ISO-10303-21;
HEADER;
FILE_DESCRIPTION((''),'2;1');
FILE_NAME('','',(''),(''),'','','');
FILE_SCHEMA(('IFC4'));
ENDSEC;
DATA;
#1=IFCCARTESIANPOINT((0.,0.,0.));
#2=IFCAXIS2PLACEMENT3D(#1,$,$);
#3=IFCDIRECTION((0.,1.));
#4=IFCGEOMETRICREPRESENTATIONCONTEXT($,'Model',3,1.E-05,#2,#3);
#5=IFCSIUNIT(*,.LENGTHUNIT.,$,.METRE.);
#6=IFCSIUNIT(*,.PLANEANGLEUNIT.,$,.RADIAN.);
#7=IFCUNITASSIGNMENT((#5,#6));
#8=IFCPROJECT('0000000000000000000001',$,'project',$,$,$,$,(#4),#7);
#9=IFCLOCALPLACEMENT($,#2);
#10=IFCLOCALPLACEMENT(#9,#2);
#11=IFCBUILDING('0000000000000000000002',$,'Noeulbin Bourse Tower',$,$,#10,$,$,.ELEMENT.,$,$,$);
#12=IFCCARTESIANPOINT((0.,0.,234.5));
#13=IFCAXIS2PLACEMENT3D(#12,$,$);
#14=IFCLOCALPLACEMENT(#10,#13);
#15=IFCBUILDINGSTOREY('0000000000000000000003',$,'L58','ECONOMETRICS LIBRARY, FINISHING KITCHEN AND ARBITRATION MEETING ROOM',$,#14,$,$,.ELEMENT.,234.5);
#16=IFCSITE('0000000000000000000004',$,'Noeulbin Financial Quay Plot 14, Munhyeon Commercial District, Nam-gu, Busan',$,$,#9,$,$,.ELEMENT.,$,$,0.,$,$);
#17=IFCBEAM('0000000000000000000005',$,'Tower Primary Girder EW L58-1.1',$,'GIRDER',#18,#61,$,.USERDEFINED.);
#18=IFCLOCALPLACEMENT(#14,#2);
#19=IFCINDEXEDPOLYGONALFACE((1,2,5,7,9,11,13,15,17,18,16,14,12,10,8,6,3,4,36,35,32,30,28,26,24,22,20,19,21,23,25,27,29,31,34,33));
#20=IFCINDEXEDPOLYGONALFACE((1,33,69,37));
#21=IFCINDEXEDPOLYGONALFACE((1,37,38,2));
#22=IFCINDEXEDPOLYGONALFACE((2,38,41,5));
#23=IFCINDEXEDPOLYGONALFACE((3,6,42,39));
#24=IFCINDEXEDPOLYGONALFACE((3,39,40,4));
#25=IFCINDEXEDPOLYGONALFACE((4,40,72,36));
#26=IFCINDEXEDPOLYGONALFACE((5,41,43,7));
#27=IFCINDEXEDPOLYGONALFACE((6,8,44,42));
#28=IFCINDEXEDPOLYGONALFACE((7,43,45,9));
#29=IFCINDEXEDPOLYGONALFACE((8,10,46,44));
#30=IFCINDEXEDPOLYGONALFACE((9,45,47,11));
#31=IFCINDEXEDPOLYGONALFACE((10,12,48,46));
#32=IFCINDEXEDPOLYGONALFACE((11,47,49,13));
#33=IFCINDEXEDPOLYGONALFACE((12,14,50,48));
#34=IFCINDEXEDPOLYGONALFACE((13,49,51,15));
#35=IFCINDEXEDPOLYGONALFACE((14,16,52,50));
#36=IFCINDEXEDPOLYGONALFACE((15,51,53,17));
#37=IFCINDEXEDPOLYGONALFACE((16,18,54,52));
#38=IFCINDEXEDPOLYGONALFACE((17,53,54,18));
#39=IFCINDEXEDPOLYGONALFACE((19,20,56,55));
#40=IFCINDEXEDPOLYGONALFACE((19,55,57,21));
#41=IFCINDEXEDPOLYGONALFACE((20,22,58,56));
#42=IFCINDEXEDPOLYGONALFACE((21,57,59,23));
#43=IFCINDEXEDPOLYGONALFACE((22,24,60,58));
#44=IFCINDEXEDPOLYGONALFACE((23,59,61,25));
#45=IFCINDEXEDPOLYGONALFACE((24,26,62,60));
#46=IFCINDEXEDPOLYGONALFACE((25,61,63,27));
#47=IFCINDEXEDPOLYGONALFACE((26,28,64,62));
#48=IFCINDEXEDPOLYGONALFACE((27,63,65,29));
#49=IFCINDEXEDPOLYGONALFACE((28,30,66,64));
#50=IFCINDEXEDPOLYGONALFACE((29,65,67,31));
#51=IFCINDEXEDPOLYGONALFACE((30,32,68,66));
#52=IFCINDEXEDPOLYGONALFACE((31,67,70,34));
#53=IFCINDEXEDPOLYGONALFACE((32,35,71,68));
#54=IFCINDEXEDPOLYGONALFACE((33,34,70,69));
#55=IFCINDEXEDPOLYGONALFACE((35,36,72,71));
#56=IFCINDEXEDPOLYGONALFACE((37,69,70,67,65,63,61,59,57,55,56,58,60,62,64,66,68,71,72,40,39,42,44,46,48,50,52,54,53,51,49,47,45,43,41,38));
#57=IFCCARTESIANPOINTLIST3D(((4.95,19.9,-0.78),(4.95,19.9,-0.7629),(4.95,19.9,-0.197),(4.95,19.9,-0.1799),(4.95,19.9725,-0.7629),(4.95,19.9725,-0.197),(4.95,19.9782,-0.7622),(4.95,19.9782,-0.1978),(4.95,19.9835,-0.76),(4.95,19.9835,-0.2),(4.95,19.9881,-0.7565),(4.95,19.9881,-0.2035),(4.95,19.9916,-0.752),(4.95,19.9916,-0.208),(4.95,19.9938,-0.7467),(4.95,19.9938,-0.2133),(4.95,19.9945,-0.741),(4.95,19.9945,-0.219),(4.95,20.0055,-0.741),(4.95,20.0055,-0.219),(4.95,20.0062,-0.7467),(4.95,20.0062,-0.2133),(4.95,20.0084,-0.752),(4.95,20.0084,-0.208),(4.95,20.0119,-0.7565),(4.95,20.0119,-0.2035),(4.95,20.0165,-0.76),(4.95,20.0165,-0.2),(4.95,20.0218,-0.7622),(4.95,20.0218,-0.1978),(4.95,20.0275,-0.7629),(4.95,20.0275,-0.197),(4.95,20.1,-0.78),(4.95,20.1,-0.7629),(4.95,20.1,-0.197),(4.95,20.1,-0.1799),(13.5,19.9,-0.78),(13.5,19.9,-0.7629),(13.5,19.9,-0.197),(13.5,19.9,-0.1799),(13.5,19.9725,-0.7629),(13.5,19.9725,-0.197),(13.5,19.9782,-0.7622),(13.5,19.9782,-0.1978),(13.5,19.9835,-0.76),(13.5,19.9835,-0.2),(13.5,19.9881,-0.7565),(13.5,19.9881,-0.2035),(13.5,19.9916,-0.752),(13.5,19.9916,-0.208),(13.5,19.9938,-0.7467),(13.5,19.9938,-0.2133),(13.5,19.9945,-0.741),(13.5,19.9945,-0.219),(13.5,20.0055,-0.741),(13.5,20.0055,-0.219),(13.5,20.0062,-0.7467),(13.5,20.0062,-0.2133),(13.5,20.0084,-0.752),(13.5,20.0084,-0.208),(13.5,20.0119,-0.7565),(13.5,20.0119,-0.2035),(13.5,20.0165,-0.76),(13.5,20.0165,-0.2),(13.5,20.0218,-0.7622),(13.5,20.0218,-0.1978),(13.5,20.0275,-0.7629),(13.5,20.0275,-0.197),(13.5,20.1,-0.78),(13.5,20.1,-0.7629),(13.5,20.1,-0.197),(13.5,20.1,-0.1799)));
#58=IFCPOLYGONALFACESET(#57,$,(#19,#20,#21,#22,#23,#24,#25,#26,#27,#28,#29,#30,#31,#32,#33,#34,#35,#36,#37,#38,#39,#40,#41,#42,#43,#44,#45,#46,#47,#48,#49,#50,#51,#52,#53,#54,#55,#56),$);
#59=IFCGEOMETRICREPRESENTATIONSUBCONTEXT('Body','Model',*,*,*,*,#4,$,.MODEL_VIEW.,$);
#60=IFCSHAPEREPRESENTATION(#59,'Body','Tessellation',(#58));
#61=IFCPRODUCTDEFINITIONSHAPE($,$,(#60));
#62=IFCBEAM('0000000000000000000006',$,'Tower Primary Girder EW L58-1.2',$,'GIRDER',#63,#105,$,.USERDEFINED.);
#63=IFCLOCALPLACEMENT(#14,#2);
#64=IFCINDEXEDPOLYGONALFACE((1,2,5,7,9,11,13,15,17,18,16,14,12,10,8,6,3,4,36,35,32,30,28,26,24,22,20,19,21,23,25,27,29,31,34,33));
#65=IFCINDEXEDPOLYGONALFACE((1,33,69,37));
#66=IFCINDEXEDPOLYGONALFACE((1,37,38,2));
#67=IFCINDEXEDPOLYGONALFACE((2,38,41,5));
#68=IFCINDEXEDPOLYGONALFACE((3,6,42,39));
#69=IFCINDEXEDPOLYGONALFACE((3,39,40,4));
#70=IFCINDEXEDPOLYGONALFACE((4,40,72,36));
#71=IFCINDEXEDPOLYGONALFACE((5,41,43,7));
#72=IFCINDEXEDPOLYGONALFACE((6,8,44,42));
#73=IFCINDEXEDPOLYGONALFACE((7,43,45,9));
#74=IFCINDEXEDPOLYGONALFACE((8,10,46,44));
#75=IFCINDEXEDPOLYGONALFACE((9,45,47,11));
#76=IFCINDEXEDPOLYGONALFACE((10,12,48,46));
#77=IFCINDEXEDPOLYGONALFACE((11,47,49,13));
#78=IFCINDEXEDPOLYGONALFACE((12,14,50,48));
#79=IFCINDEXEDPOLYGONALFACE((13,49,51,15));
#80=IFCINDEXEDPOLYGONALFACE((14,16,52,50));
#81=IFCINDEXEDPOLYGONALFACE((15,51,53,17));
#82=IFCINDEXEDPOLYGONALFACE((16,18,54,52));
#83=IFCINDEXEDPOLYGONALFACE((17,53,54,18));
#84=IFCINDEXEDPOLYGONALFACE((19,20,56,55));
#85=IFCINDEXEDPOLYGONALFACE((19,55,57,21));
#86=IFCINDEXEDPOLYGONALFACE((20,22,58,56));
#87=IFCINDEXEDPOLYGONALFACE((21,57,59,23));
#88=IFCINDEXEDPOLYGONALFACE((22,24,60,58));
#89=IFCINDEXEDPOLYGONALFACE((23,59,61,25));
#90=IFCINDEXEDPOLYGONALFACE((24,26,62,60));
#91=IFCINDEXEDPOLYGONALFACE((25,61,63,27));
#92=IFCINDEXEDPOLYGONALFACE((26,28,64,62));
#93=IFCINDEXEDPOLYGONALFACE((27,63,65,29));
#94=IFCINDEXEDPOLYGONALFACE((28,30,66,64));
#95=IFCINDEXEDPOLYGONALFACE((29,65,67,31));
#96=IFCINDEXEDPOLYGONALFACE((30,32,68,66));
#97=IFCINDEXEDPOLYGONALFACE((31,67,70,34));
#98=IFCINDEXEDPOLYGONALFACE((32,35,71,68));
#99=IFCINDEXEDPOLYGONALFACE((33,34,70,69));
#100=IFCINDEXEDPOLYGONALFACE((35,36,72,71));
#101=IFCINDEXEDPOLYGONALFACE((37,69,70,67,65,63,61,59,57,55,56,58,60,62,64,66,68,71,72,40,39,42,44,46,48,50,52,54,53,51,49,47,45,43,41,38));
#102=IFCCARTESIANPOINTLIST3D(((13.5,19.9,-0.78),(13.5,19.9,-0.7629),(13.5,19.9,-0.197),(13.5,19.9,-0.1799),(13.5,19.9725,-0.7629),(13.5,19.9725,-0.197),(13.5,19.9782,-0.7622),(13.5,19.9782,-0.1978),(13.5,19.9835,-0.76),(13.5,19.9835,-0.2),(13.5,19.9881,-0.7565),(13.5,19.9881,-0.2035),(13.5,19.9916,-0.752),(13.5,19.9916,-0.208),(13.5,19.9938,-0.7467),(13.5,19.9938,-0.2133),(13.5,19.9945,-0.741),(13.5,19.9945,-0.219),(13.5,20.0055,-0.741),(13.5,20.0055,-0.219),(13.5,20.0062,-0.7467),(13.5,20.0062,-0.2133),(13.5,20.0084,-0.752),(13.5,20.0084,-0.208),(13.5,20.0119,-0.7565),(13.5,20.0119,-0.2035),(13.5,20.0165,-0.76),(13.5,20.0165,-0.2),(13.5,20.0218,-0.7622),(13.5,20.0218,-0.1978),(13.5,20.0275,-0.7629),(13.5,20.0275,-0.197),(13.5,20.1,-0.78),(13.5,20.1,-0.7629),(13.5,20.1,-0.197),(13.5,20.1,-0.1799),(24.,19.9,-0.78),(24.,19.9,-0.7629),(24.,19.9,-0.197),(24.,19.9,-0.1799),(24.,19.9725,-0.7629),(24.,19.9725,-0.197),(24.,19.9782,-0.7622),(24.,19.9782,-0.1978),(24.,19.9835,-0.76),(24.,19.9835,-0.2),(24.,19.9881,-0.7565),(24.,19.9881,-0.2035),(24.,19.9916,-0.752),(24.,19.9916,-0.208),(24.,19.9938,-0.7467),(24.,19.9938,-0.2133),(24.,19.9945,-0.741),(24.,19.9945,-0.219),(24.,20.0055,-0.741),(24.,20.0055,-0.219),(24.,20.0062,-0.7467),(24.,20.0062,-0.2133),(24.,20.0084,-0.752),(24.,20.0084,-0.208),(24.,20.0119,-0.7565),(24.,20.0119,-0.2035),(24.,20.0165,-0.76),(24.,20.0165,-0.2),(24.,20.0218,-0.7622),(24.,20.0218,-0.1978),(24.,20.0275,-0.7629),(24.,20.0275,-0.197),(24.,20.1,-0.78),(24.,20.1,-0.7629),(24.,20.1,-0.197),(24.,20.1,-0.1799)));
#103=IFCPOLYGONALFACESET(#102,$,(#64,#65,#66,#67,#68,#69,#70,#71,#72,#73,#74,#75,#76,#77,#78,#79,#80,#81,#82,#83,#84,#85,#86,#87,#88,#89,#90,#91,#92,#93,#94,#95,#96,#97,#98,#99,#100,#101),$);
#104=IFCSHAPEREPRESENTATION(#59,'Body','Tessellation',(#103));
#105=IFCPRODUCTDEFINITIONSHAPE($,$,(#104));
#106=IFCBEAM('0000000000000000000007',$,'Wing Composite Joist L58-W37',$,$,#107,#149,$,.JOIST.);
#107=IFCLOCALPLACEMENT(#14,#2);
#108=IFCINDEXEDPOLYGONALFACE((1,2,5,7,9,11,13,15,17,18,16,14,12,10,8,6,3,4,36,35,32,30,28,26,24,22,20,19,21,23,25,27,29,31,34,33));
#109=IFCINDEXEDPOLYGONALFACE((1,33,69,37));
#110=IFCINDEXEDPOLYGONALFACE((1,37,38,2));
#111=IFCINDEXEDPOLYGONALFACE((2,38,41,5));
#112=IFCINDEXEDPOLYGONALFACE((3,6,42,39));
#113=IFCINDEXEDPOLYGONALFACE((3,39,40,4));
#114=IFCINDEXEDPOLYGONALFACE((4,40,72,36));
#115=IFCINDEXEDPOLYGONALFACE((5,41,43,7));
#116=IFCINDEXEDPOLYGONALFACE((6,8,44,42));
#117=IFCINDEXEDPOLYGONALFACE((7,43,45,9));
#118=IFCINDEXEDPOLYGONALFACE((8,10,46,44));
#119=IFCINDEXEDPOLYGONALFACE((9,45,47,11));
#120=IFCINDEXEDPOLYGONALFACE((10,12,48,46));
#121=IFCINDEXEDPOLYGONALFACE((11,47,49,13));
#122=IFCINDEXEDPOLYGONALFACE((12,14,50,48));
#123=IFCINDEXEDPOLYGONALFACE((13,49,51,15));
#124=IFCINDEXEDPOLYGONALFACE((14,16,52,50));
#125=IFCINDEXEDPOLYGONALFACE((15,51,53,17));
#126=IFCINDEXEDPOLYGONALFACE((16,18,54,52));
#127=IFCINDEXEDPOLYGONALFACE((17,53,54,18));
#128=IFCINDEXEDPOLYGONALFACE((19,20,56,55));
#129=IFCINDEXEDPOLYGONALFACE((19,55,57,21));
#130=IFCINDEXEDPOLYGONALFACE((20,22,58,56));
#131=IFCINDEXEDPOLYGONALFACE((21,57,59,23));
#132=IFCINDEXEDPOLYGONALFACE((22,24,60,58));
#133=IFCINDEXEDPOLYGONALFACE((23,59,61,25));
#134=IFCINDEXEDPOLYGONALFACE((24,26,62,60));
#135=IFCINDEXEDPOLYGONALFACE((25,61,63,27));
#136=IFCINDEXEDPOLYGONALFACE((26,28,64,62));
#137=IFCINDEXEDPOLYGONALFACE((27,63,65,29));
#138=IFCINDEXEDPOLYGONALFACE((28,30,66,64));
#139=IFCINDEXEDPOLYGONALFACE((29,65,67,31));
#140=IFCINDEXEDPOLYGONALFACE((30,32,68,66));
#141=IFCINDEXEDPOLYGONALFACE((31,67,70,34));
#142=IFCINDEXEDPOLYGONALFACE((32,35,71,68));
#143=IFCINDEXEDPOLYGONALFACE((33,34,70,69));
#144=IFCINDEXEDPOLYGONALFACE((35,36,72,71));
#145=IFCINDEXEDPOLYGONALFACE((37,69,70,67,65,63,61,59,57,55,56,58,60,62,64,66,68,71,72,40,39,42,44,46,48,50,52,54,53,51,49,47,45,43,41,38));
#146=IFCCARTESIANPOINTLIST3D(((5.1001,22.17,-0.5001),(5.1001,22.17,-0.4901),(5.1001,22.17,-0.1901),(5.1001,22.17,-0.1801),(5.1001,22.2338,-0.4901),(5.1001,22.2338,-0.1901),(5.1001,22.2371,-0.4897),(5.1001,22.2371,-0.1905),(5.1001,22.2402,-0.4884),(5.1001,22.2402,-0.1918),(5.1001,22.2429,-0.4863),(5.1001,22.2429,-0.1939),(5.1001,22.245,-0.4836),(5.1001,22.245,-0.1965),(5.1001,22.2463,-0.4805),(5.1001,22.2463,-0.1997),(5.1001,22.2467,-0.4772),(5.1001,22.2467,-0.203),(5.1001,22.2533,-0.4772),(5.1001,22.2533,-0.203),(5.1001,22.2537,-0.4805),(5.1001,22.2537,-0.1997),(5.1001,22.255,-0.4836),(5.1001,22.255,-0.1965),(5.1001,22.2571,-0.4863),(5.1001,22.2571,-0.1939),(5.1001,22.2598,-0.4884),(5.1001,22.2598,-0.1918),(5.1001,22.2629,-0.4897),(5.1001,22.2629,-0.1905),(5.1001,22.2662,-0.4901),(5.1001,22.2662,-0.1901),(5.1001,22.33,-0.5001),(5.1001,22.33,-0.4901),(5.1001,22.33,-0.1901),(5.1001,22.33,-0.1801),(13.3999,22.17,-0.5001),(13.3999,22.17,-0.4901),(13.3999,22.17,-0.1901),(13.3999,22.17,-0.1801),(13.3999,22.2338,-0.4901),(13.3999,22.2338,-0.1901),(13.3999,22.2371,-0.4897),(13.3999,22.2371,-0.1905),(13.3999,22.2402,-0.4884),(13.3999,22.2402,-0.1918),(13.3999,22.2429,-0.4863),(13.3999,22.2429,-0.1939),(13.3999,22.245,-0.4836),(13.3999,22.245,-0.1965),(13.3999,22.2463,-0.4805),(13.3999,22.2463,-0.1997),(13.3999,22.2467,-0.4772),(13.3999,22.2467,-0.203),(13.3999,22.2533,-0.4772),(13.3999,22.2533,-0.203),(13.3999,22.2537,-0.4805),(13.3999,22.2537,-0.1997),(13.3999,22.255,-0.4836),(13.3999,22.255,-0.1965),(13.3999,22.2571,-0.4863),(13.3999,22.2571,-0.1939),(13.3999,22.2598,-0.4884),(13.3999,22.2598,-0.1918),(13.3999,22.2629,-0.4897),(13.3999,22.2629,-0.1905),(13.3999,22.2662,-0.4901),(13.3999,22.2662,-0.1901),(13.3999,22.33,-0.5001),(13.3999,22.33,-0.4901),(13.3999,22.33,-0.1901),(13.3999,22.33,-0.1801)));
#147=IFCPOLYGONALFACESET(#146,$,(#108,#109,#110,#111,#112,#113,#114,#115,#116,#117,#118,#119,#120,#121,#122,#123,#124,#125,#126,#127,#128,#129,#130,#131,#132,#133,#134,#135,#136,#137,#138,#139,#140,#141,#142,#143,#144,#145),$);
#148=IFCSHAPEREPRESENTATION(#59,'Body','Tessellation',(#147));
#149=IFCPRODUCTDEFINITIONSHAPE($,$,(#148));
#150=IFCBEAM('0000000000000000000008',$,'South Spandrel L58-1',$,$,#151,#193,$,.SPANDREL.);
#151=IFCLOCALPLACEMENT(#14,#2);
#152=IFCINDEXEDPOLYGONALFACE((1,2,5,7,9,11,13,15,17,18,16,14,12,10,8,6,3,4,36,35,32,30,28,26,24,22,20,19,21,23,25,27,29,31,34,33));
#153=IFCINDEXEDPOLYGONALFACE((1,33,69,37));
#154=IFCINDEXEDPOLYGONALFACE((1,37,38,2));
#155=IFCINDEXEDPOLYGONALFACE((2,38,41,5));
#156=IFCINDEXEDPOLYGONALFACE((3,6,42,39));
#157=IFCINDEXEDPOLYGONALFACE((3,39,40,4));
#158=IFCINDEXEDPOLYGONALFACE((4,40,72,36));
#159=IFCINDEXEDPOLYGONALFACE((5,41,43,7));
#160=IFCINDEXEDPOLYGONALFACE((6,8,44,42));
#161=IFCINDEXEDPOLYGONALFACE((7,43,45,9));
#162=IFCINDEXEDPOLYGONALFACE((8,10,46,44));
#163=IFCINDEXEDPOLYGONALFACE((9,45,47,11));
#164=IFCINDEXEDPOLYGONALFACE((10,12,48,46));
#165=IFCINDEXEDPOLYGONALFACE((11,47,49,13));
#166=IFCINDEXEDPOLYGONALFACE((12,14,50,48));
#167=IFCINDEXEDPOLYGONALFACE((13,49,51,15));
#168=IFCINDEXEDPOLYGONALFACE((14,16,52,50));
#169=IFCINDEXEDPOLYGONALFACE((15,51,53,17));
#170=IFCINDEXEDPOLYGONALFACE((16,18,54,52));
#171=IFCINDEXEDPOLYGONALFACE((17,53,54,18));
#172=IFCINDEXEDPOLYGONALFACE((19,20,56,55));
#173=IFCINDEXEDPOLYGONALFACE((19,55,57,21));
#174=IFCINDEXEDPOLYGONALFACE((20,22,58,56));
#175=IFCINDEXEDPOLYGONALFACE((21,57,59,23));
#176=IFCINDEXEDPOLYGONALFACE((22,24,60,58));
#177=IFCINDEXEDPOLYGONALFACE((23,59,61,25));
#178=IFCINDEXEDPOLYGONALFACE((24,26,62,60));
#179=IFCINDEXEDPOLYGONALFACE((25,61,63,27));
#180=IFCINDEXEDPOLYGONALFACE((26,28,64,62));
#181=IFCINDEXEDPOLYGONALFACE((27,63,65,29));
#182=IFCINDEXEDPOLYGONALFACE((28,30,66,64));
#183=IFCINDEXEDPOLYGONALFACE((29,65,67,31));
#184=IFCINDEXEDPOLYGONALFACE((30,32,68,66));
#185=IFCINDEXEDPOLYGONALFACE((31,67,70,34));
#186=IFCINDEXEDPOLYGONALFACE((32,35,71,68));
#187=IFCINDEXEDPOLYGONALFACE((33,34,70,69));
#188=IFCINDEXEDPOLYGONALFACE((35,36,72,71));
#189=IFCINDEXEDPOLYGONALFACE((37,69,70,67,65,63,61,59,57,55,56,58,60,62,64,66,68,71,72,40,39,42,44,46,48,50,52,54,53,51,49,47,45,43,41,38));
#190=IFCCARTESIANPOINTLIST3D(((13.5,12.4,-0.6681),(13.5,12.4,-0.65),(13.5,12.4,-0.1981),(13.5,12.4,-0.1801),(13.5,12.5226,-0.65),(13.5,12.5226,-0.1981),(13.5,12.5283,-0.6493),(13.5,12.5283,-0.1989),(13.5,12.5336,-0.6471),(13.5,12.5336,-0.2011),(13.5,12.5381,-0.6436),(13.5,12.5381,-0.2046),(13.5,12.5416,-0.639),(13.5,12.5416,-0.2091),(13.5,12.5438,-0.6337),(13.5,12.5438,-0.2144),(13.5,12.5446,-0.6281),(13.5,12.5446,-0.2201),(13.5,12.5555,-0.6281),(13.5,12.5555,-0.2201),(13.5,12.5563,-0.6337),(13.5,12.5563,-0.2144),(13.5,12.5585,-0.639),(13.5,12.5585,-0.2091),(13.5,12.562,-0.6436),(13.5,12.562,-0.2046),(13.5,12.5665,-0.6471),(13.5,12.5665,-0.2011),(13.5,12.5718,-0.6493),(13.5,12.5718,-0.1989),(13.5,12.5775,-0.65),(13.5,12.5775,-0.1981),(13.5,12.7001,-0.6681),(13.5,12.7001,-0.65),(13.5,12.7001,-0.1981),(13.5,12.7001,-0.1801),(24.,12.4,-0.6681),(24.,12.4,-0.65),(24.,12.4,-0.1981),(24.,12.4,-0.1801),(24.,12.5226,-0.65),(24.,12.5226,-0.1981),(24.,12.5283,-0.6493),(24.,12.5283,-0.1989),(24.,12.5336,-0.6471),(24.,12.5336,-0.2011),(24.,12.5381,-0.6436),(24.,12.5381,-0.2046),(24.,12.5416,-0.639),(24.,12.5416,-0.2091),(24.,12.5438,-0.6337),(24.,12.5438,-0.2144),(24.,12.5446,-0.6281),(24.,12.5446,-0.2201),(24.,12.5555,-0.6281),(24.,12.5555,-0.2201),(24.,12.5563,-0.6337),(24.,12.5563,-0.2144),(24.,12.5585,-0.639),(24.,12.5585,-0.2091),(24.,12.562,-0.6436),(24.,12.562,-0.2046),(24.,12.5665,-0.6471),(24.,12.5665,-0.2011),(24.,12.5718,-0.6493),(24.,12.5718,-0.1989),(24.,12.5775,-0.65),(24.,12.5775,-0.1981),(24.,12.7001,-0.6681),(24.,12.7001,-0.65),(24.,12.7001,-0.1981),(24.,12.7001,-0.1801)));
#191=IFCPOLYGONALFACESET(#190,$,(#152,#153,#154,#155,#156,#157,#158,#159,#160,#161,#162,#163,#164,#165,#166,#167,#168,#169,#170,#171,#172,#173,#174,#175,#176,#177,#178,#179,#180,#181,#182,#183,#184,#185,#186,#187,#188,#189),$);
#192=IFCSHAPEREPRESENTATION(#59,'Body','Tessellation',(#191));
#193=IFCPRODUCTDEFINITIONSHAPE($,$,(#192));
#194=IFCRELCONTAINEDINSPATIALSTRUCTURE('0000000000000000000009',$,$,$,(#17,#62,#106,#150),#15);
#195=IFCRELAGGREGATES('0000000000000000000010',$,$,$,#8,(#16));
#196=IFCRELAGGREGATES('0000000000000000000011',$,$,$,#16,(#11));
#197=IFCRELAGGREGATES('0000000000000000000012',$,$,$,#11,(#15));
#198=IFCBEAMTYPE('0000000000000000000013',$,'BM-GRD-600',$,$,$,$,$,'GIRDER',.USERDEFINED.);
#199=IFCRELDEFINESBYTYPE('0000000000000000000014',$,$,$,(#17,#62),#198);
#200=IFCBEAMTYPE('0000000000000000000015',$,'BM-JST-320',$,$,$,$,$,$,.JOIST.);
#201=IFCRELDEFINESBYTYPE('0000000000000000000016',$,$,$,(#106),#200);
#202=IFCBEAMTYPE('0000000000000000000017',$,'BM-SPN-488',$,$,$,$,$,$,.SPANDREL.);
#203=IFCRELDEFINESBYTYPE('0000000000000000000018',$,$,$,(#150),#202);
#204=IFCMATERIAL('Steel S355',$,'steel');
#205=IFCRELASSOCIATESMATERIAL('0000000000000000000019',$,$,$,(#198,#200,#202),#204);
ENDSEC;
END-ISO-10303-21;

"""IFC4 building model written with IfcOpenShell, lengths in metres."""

from ifc_helpers import new_model, si_unit, direction, frame, origin, origin_2d, place, context, subcontext, project, spatial, i_section, extrude, material, material_profile, profile_set, type_object, element, save


model = new_model("IFC4")

# Units and contexts
model_context = context("Model", 3, precision=1e-05, world=origin(), true_north=direction((0.0, 1.0)))
body_context = subcontext(model_context, "Body", "Model", "MODEL_VIEW")
ifc_project = project(units=[si_unit("LENGTHUNIT", "METRE"), si_unit("PLANEANGLEUNIT", "RADIAN")], contexts=[model_context])

# Site, building, storey
site_placement = place(None, origin())
site = spatial("IfcSite", under=ifc_project, at=site_placement, Name="Noeulbin Financial Quay Plot 14, Munhyeon Commercial District, Nam-gu, Busan", CompositionType="ELEMENT", RefElevation=0.0)
building_placement = place(site_placement, origin())
building = spatial("IfcBuilding", under=site, at=building_placement, Name="Noeulbin Bourse Tower", CompositionType="ELEMENT")
storey_placement = place(building_placement, frame((0.0, 0.0, 234.5)))
storey = spatial("IfcBuildingStorey", under=building, at=storey_placement, Name="L58", Description="ECONOMETRICS LIBRARY, FINISHING KITCHEN AND ARBITRATION MEETING ROOM", CompositionType="ELEMENT", Elevation=234.5)

# Shared definitions
ifc_material_1 = material(Name="Steel S355", Category="steel")

# Beams
ifc_material_profile_1 = material_profile(ifc_material_1, i_section(OverallWidth=0.2, OverallDepth=0.6001, WebThickness=0.011, FlangeThickness=0.0171, FilletRadius=0.022, at=origin_2d()), Name="H-600x200x11x17", Category="LoadBearing")
ifc_profile_set_1 = profile_set([ifc_material_profile_1], Name="Steel S355")
beam_type_1 = type_object("IfcBeamType", Name="BM-GRD-600", ElementType="GIRDER", PredefinedType="USERDEFINED", material=ifc_profile_set_1)
beam_1_placement = place(storey_placement, frame((4.95, 20.0, -0.48), z_axis=(1.0, 0.0, 0.0), x_axis=(0.0, 1.0, 0.0)))
element("IfcBeam", 1, at=beam_1_placement, inside=storey, type_object=beam_type_1, Name="Tower Primary Girder EW L58-1.1", ObjectType="GIRDER", PredefinedType="USERDEFINED", context=body_context, shape_type="SweptSolid", body=[
    extrude(i_section(OverallWidth=0.2, OverallDepth=0.6001, WebThickness=0.011, FlangeThickness=0.0171, FilletRadius=0.022, at=origin_2d()), origin(), (0.0, 0.0, 1.0), 8.55),
])
beam_2_placement = place(storey_placement, frame((13.5, 20.0, -0.48), z_axis=(1.0, 0.0, 0.0), x_axis=(0.0, 1.0, 0.0)))
element("IfcBeam", 2, at=beam_2_placement, inside=storey, type_object=beam_type_1, Name="Tower Primary Girder EW L58-1.2", ObjectType="GIRDER", PredefinedType="USERDEFINED", context=body_context, shape_type="SweptSolid", body=[
    extrude(i_section(OverallWidth=0.2, OverallDepth=0.6001, WebThickness=0.011, FlangeThickness=0.0171, FilletRadius=0.022, at=origin_2d()), origin(), (0.0, 0.0, 1.0), 10.5),
])
ifc_material_profile_2 = material_profile(ifc_material_1, i_section(OverallWidth=0.1599, OverallDepth=0.3201, WebThickness=0.0066, FlangeThickness=0.01, FilletRadius=0.0129, at=origin_2d()), Name="H-320x160x6.5x10", Category="LoadBearing")
ifc_profile_set_2 = profile_set([ifc_material_profile_2], Name="Steel S355")
beam_type_2 = type_object("IfcBeamType", Name="BM-JST-320", PredefinedType="JOIST", material=ifc_profile_set_2)
beam_3_placement = place(storey_placement, frame((5.1001, 22.25, -0.3401), z_axis=(1.0, 0.0, 0.0), x_axis=(0.0, 1.0, 0.0)))
element("IfcBeam", 3, at=beam_3_placement, inside=storey, type_object=beam_type_2, Name="Wing Composite Joist L58-W37", PredefinedType="JOIST", context=body_context, shape_type="SweptSolid", body=[
    extrude(i_section(OverallWidth=0.1599, OverallDepth=0.3201, WebThickness=0.0066, FlangeThickness=0.01, FilletRadius=0.0129, at=origin_2d()), origin(), (0.0, 0.0, 1.0), 8.2998),
])
ifc_material_profile_3 = material_profile(ifc_material_1, i_section(OverallWidth=0.3, OverallDepth=0.488, WebThickness=0.011, FlangeThickness=0.0181, FilletRadius=0.022, at=origin_2d()), Name="H-488x300x11x18", Category="LoadBearing")
ifc_profile_set_3 = profile_set([ifc_material_profile_3], Name="Steel S355")
beam_type_3 = type_object("IfcBeamType", Name="BM-SPN-488", PredefinedType="SPANDREL", material=ifc_profile_set_3)
beam_4_placement = place(storey_placement, frame((13.5, 12.55, -0.4241), z_axis=(1.0, 0.0, 0.0), x_axis=(0.0, 1.0, 0.0)))
element("IfcBeam", 4, at=beam_4_placement, inside=storey, type_object=beam_type_3, Name="South Spandrel L58-1", PredefinedType="SPANDREL", context=body_context, shape_type="SweptSolid", body=[
    extrude(i_section(OverallWidth=0.3, OverallDepth=0.488, WebThickness=0.011, FlangeThickness=0.0181, FilletRadius=0.022, at=origin_2d()), origin(), (0.0, 0.0, 1.0), 10.5),
])

save(model, "model.ifc")
